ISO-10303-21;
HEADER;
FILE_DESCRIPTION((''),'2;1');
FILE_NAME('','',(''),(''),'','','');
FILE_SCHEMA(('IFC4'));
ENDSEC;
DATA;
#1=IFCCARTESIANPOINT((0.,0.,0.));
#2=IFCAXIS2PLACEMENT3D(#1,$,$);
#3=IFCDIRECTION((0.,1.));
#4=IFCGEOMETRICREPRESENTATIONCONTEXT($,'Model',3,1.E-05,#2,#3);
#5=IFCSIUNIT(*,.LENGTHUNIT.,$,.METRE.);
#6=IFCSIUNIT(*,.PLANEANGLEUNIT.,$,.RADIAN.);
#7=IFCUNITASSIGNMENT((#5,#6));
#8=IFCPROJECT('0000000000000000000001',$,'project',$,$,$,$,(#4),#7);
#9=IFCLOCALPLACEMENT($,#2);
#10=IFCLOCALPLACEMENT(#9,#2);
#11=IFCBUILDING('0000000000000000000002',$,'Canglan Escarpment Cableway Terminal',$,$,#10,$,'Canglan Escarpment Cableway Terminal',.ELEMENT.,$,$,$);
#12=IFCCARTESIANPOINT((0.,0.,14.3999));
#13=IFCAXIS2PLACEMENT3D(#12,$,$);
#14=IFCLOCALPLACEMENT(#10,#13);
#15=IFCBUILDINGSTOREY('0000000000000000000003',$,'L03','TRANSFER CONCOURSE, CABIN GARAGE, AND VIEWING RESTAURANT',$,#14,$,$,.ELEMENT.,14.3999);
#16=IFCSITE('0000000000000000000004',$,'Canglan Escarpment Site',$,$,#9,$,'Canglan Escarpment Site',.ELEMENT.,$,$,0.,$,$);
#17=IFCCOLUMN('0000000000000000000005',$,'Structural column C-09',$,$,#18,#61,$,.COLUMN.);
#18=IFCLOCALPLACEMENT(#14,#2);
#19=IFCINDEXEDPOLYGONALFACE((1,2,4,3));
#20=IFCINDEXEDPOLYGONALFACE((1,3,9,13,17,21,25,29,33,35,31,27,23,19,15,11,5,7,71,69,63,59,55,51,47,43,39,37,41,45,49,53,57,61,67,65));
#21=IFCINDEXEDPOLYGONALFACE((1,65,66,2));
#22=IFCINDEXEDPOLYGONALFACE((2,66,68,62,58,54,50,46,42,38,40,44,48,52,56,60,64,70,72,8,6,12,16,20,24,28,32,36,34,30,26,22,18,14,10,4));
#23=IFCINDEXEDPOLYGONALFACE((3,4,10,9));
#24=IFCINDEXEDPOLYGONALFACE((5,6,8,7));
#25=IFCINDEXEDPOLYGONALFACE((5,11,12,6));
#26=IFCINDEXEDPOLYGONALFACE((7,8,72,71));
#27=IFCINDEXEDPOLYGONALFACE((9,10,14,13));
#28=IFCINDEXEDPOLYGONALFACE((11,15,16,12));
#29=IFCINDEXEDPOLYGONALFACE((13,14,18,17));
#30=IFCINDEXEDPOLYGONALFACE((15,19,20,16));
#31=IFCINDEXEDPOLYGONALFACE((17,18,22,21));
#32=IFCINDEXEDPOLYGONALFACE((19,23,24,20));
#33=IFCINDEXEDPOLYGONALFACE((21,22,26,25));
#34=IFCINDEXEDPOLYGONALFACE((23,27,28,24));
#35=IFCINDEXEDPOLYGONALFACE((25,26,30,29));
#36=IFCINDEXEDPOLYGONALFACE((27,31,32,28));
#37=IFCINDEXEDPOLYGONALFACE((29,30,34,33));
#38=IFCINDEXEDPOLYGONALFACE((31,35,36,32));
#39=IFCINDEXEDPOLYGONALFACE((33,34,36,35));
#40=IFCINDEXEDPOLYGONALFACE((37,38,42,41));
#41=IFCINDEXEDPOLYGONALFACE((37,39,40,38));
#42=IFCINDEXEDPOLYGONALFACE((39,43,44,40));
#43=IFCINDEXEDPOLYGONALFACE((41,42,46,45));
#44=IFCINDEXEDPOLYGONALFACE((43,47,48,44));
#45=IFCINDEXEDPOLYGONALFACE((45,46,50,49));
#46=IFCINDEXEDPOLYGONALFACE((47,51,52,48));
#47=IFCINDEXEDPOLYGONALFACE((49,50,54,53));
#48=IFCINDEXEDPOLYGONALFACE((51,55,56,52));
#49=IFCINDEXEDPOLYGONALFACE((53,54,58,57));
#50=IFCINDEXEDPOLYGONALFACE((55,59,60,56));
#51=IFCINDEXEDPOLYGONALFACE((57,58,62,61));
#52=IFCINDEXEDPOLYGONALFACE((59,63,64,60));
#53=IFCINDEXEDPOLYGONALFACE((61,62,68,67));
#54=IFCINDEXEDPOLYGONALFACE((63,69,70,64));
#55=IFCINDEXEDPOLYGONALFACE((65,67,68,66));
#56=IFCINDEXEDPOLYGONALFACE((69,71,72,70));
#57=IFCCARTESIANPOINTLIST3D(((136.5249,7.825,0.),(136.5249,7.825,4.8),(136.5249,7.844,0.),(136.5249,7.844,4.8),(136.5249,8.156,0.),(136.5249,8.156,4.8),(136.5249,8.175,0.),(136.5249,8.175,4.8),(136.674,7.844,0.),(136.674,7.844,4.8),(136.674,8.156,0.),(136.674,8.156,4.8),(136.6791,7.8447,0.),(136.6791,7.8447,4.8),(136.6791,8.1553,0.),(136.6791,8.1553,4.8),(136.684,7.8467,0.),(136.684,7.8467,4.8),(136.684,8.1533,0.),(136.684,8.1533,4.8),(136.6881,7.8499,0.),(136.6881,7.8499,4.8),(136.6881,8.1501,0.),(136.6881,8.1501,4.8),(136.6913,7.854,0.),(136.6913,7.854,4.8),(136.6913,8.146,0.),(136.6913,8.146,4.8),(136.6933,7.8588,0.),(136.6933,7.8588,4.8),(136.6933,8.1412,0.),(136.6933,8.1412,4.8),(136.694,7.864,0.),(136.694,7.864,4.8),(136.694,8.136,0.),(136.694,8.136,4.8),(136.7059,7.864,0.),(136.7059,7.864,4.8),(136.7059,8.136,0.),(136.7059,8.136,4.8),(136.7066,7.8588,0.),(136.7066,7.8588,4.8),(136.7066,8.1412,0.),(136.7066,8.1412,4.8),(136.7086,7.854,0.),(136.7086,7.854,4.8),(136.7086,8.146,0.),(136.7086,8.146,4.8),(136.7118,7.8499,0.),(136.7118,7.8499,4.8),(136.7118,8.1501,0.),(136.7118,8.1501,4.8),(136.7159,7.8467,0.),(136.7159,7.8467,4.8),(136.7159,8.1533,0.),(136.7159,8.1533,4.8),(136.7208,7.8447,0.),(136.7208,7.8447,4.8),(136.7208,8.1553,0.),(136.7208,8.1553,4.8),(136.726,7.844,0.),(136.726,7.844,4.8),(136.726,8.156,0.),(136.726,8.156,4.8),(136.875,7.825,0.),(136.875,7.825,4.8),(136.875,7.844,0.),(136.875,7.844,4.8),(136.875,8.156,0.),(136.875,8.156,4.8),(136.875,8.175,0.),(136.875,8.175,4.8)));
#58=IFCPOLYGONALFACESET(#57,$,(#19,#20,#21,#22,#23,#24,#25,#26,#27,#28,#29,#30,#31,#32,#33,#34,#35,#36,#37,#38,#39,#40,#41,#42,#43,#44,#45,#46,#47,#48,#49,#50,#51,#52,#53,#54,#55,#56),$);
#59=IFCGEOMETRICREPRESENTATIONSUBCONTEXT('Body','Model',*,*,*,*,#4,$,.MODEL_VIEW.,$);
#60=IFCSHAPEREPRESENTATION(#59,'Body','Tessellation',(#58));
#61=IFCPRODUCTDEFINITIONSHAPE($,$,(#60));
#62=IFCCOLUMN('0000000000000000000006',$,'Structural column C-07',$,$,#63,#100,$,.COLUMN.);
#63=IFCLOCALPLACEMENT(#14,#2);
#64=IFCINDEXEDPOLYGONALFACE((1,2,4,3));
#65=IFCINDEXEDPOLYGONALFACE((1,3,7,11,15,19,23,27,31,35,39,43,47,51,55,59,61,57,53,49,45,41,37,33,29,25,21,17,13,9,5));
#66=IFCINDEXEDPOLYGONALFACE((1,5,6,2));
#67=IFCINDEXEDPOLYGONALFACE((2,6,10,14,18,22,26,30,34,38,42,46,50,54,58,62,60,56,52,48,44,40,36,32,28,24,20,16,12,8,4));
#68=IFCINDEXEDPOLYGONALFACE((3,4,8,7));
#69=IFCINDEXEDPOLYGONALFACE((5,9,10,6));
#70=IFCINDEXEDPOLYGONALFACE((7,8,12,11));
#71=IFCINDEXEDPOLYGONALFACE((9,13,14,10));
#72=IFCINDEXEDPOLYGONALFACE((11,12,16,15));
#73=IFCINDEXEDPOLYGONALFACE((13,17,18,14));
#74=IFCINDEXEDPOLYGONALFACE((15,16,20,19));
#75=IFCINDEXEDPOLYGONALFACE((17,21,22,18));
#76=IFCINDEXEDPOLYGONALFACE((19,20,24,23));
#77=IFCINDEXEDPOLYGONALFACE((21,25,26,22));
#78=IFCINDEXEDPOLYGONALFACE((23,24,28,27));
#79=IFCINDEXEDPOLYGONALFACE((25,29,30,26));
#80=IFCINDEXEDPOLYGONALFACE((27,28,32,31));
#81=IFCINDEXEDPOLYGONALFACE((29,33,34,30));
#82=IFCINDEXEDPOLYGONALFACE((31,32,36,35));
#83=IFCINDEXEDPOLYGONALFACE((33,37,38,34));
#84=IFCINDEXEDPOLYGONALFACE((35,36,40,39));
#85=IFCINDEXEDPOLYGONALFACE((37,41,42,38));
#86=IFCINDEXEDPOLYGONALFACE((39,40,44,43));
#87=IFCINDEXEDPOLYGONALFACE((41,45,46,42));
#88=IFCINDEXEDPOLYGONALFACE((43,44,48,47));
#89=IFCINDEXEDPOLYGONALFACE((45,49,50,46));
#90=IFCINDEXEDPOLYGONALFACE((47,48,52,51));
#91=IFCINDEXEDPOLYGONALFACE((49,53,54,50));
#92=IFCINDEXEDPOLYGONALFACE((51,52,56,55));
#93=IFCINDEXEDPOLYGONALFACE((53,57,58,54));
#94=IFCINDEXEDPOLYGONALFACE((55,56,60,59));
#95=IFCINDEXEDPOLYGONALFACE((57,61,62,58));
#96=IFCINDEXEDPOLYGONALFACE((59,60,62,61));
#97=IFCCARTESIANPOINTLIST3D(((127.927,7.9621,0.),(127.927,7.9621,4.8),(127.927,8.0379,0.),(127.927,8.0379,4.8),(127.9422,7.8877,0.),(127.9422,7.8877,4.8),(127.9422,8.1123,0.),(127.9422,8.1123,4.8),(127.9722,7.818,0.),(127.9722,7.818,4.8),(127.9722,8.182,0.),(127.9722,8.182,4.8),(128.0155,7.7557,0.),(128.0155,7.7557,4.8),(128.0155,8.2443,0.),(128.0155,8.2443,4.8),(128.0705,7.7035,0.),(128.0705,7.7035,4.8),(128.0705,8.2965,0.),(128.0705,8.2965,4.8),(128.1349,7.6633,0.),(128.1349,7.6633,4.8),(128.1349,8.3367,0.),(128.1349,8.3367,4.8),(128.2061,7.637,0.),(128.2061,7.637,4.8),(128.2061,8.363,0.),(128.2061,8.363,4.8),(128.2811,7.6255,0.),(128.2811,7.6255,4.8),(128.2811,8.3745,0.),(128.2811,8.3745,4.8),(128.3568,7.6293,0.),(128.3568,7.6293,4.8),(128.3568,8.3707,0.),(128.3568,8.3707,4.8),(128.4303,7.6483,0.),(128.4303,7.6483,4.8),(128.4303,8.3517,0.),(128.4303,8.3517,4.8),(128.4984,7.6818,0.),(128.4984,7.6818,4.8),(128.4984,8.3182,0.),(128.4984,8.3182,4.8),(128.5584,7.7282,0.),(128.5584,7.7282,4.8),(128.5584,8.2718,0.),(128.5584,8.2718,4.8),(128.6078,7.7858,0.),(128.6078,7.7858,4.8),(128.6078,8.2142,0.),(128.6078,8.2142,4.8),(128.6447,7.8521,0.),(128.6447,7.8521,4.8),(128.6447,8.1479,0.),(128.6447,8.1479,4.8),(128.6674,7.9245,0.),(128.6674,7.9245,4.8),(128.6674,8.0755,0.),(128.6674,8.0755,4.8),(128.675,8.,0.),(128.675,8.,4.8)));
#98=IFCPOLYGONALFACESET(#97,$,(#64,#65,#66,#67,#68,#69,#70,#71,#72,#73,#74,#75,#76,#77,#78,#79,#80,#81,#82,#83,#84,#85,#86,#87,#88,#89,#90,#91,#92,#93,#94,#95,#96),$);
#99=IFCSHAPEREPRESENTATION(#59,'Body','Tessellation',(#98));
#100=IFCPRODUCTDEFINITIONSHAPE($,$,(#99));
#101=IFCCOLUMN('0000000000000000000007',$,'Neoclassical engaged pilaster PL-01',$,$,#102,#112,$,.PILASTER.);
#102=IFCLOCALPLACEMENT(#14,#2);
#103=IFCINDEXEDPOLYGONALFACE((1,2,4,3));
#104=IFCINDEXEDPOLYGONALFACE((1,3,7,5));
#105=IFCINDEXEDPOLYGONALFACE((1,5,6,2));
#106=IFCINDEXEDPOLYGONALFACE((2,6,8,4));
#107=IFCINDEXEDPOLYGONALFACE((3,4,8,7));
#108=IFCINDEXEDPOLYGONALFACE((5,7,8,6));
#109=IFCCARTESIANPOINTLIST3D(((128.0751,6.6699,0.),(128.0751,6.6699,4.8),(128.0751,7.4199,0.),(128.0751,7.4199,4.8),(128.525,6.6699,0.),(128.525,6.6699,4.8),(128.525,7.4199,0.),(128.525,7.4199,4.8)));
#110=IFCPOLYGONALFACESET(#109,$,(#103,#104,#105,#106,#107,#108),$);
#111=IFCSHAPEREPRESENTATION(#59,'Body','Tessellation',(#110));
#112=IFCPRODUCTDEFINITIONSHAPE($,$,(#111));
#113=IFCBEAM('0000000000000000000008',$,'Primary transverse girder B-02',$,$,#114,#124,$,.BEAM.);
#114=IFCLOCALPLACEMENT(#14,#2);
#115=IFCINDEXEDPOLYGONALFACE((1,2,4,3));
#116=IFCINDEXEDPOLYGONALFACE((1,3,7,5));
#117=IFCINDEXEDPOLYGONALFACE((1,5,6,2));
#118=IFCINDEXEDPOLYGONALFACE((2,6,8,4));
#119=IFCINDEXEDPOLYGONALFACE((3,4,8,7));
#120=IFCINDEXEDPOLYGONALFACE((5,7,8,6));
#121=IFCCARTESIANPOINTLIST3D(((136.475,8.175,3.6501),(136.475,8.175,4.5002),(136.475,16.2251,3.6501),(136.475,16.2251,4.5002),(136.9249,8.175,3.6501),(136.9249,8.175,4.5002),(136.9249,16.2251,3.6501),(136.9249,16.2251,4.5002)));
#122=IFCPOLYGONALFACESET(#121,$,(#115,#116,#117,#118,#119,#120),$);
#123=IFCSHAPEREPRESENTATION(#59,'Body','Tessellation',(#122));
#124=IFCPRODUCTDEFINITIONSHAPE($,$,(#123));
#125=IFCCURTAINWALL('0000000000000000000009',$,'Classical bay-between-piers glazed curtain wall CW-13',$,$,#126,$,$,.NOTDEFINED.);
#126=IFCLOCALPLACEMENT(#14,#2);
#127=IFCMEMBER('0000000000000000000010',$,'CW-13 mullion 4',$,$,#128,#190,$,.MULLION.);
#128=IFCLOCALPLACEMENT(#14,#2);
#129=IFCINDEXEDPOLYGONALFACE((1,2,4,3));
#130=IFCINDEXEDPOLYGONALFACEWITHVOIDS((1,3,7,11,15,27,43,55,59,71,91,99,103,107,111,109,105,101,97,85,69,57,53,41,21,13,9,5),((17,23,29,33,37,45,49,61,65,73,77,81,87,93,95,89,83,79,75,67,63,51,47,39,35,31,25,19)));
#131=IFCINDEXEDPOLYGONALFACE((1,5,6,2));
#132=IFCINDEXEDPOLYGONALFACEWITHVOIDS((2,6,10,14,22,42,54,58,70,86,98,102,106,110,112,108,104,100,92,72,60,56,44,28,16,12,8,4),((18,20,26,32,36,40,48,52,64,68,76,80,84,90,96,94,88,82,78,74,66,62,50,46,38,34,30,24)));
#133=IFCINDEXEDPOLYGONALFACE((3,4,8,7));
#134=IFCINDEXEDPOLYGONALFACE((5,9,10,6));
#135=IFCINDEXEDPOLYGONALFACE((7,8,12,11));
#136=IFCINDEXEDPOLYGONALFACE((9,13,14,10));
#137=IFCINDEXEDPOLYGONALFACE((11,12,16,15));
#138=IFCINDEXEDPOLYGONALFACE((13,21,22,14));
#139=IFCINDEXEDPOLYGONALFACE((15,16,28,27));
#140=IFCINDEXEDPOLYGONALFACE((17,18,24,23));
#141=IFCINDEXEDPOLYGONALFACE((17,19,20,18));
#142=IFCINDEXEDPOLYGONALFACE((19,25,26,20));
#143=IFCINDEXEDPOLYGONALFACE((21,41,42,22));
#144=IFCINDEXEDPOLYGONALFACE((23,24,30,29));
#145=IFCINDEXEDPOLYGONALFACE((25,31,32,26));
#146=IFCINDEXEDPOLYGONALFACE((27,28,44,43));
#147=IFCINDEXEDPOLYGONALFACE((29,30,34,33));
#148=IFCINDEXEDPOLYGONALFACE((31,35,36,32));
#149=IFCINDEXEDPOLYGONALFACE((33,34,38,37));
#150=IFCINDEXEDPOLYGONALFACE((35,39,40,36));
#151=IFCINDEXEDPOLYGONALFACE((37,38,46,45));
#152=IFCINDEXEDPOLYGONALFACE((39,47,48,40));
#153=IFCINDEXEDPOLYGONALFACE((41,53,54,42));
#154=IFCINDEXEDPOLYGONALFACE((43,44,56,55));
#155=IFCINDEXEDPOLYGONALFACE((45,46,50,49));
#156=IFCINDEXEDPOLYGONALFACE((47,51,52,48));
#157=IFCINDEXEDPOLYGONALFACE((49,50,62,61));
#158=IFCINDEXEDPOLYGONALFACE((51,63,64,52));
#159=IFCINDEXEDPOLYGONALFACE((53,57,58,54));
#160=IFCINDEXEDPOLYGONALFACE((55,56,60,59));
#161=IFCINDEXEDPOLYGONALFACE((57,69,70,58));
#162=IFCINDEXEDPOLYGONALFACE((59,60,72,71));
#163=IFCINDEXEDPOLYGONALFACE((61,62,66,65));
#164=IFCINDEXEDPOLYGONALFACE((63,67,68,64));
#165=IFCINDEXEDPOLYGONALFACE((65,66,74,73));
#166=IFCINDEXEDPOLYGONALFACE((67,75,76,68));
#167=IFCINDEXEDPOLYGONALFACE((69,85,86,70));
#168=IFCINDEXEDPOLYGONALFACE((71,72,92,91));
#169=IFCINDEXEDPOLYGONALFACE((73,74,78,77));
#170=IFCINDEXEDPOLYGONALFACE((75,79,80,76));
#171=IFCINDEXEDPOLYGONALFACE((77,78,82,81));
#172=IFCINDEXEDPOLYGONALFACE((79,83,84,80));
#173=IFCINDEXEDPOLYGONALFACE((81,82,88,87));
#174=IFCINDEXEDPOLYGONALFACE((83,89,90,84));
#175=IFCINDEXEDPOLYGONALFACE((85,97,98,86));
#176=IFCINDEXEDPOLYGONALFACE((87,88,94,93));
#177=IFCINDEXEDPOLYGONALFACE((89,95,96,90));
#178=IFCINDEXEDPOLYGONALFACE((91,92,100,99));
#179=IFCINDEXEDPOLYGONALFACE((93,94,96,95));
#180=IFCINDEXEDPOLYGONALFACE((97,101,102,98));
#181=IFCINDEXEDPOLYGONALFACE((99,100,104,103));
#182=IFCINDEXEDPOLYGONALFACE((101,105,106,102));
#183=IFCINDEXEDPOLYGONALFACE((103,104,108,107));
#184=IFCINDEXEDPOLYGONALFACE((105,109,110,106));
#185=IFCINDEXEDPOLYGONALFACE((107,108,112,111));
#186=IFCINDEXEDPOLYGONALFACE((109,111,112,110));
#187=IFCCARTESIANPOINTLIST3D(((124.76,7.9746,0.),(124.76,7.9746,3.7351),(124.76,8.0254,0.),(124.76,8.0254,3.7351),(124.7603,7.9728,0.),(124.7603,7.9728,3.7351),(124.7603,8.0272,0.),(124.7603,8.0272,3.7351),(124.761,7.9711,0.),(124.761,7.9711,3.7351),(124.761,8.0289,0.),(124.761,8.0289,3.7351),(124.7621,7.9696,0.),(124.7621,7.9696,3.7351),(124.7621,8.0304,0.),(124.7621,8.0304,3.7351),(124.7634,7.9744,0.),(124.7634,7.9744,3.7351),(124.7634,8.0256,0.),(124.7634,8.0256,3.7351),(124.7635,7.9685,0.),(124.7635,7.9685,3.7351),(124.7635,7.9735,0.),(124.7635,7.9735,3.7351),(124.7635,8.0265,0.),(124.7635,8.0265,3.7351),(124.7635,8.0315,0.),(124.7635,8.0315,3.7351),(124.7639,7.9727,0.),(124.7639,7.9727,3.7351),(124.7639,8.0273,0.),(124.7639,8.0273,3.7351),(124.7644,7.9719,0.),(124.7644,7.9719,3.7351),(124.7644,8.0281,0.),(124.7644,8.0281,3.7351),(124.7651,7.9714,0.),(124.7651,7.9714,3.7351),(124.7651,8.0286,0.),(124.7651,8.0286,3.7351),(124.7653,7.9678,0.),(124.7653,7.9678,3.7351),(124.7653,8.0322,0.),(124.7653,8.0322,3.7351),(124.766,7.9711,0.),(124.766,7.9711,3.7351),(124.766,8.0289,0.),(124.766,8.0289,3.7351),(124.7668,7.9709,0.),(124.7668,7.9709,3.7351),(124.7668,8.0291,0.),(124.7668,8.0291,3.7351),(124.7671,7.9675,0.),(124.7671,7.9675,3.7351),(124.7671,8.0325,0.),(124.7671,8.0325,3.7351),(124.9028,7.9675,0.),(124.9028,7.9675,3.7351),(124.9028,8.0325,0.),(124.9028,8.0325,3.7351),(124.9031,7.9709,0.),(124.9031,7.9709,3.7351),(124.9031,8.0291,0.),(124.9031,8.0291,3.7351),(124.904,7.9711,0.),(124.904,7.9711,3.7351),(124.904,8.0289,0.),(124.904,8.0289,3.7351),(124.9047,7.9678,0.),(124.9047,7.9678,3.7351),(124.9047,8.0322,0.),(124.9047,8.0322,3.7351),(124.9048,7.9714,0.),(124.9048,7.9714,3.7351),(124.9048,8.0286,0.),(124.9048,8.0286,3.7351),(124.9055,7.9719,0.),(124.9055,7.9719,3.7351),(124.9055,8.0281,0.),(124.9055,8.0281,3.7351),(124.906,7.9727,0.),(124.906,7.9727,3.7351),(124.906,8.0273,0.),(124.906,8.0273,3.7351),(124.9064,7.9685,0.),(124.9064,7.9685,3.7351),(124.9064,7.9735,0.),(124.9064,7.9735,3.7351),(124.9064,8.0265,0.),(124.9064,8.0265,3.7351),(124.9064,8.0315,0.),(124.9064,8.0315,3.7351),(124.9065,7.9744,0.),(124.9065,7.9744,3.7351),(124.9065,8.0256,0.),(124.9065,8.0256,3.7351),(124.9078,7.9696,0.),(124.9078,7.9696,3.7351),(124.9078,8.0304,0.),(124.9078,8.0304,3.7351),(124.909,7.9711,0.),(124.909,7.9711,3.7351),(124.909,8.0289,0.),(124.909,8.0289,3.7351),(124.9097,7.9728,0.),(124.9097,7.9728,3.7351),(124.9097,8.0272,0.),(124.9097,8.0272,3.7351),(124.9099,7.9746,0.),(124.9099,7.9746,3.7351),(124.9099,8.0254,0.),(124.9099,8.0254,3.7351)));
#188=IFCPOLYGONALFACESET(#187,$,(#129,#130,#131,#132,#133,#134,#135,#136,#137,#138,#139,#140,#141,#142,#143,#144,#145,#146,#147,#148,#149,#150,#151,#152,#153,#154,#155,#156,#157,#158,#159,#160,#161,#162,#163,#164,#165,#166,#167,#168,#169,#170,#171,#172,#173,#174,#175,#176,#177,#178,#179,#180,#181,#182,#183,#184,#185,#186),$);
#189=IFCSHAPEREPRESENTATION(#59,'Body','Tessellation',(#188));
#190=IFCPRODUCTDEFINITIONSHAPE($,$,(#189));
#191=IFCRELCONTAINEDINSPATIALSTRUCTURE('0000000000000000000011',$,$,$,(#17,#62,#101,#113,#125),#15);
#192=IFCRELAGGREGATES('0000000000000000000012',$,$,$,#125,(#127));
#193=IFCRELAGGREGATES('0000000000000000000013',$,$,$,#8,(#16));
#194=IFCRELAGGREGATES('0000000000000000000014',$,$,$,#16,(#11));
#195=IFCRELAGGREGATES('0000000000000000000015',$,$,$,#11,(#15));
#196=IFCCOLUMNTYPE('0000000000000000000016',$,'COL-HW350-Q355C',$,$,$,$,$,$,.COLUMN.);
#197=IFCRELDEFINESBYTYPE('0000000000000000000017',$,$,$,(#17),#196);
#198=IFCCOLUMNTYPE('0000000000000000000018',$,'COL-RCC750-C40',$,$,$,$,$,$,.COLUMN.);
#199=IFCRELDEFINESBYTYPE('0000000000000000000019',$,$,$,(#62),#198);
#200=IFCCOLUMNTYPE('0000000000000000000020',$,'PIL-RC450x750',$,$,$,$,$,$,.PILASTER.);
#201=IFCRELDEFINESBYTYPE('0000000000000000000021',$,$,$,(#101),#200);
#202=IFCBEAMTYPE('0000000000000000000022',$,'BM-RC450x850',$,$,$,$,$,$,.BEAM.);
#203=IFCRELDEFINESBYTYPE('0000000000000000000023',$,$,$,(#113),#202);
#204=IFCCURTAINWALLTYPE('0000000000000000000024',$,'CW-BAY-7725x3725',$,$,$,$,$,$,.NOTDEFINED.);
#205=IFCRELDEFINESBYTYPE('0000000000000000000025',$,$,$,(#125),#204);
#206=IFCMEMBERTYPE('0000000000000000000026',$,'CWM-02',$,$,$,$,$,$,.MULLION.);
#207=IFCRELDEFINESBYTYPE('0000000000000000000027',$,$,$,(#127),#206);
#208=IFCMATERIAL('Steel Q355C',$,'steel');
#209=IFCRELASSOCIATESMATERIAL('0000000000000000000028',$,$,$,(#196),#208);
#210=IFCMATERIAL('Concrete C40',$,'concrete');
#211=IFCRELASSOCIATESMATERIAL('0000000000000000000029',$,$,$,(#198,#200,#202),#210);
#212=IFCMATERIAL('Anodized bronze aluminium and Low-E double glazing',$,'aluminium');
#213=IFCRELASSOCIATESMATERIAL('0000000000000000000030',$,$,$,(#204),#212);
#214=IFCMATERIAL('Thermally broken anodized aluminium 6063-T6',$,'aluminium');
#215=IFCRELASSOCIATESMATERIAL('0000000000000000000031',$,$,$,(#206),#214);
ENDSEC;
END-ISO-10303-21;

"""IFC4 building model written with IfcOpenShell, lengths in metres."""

from ifc_helpers import new_model, si_unit, direction, frame, origin, origin_2d, place, context, subcontext, project, spatial, rectangle, hollow_rectangle, circle, i_section, extrude, material, material_profile, profile_set, type_object, element, aggregate, save


model = new_model("IFC4")

# Units and contexts
model_context = context("Model", 3, precision=1e-05, world=origin(), true_north=direction((0.0, 1.0)))
body_context = subcontext(model_context, "Body", "Model", "MODEL_VIEW")
ifc_project = project(units=[si_unit("LENGTHUNIT", "METRE"), si_unit("PLANEANGLEUNIT", "RADIAN")], contexts=[model_context])

# Site, building, storey
site_placement = place(None, origin())
site = spatial("IfcSite", under=ifc_project, at=site_placement, Name="Canglan Escarpment Site", LongName="Canglan Escarpment Site", CompositionType="ELEMENT", RefElevation=0.0)
building_placement = place(site_placement, origin())
building = spatial("IfcBuilding", under=site, at=building_placement, Name="Canglan Escarpment Cableway Terminal", LongName="Canglan Escarpment Cableway Terminal", CompositionType="ELEMENT")
storey_placement = place(building_placement, frame((0.0, 0.0, 14.3999)))
storey = spatial("IfcBuildingStorey", under=building, at=storey_placement, Name="L03", Description="TRANSFER CONCOURSE, CABIN GARAGE, AND VIEWING RESTAURANT", CompositionType="ELEMENT", Elevation=14.3999)

# Columns
ifc_material_1 = material(Name="Steel Q355C", Category="steel")
ifc_material_profile_1 = material_profile(ifc_material_1, i_section(OverallWidth=0.3501, OverallDepth=0.3501, WebThickness=0.012, FlangeThickness=0.019, FilletRadius=0.02, at=origin_2d()), Name="HW 350x350x12x19")
ifc_profile_set_1 = profile_set([ifc_material_profile_1], Name="Steel Q355C")
column_type_1 = type_object("IfcColumnType", Name="COL-HW350-Q355C", PredefinedType="COLUMN", material=ifc_profile_set_1)
column_1_placement = place(storey_placement, frame((136.7, 8.0, 0.0), z_axis=(0.0, 0.0, 1.0), x_axis=(1.0, 0.0, 0.0)))
element("IfcColumn", 1, at=column_1_placement, inside=storey, type_object=column_type_1, Name="Structural column C-09", PredefinedType="COLUMN", context=body_context, shape_type="SweptSolid", body=[
    extrude(i_section(OverallWidth=0.3501, OverallDepth=0.3501, WebThickness=0.012, FlangeThickness=0.019, FilletRadius=0.02, at=origin_2d()), origin(), (0.0, 0.0, 1.0), 4.8),
])
ifc_material_2 = material(Name="Concrete C40", Category="concrete")
ifc_material_profile_2 = material_profile(ifc_material_2, circle(Radius=0.375, at=origin_2d()), Name="RC-CIRC D750")
ifc_profile_set_2 = profile_set([ifc_material_profile_2], Name="Concrete C40")
column_type_2 = type_object("IfcColumnType", Name="COL-RCC750-C40", PredefinedType="COLUMN", material=ifc_profile_set_2)
column_2_placement = place(storey_placement, frame((128.3, 8.0, 0.0), z_axis=(0.0, 0.0, 1.0), x_axis=(1.0, 0.0, 0.0)))
element("IfcColumn", 2, at=column_2_placement, inside=storey, type_object=column_type_2, Name="Structural column C-07", PredefinedType="COLUMN", context=body_context, shape_type="SweptSolid", body=[
    extrude(circle(Radius=0.375, at=origin_2d()), origin(), (0.0, 0.0, 1.0), 4.8),
])
ifc_material_profile_3 = material_profile(ifc_material_2, rectangle(XDim=0.45, YDim=0.75, at=origin_2d()), Name="RC-PIL 450x750")
ifc_profile_set_3 = profile_set([ifc_material_profile_3], Name="Concrete C40")
column_type_3 = type_object("IfcColumnType", Name="PIL-RC450x750", PredefinedType="PILASTER", material=ifc_profile_set_3)
column_3_placement = place(storey_placement, frame((128.3, 7.0449, 0.0), z_axis=(0.0, 0.0, 1.0), x_axis=(1.0, 0.0, 0.0)))
element("IfcColumn", 3, at=column_3_placement, inside=storey, type_object=column_type_3, Name="Neoclassical engaged pilaster PL-01", PredefinedType="PILASTER", context=body_context, shape_type="SweptSolid", body=[
    extrude(rectangle(XDim=0.45, YDim=0.75, at=origin_2d()), origin(), (0.0, 0.0, 1.0), 4.8),
])

# Beam
ifc_material_profile_4 = material_profile(ifc_material_2, rectangle(XDim=0.45, YDim=0.8501, at=origin_2d()), Name="RC 450x850")
ifc_profile_set_4 = profile_set([ifc_material_profile_4], Name="Concrete C40")
beam_type_1 = type_object("IfcBeamType", Name="BM-RC450x850", PredefinedType="BEAM", material=ifc_profile_set_4)
beam_1_placement = place(storey_placement, frame((136.7, 8.175, 4.0752), z_axis=(0.0, 1.0, 0.0), x_axis=(-1.0, 0.0, 0.0)))
element("IfcBeam", 4, at=beam_1_placement, inside=storey, type_object=beam_type_1, Name="Primary transverse girder B-02", PredefinedType="BEAM", context=body_context, shape_type="SweptSolid", body=[
    extrude(rectangle(XDim=0.45, YDim=0.8501, at=origin_2d()), origin(), (0.0, 0.0, 1.0), 8.05),
])

# Curtain wall, member
ifc_material_3 = material(Name="Anodized bronze aluminium and Low-E double glazing", Category="aluminium")
curtain_wall_type = type_object("IfcCurtainWallType", Name="CW-BAY-7725x3725", PredefinedType="NOTDEFINED", material=ifc_material_3)
curtain_wall_placement = place(storey_placement, origin())
curtain_wall = element("IfcCurtainWall", 5, at=curtain_wall_placement, inside=storey, type_object=curtain_wall_type, Name="Classical bay-between-piers glazed curtain wall CW-13", PredefinedType="NOTDEFINED")
ifc_material_4 = material(Name="Thermally broken anodized aluminium 6063-T6", Category="aluminium")
ifc_material_profile_5 = material_profile(ifc_material_4, hollow_rectangle(XDim=0.0649, YDim=0.1499, WallThickness=0.0034, InnerFilletRadius=0.0034, OuterFilletRadius=0.0071, at=origin_2d()), Name="ALU-MULL 65x150x3.5")
ifc_profile_set_5 = profile_set([ifc_material_profile_5], Name="Thermally broken anodized aluminium 6063-T6")
member_type_1 = type_object("IfcMemberType", Name="CWM-02", PredefinedType="MULLION", material=ifc_profile_set_5)
member_1_placement = place(storey_placement, frame((124.835, 8.0, 0.0), z_axis=(0.0, 0.0, 1.0), x_axis=(0.0, 1.0, 0.0)))
member_1 = element("IfcMember", 6, at=member_1_placement, type_object=member_type_1, Name="CW-13 mullion 4", PredefinedType="MULLION", context=body_context, shape_type="SweptSolid", body=[
    extrude(hollow_rectangle(XDim=0.0649, YDim=0.1499, WallThickness=0.0034, InnerFilletRadius=0.0034, OuterFilletRadius=0.0071, at=origin_2d()), origin(), (0.0, 0.0, 1.0), 3.7351),
])

aggregate(curtain_wall, [member_1])

save(model, "model.ifc")
